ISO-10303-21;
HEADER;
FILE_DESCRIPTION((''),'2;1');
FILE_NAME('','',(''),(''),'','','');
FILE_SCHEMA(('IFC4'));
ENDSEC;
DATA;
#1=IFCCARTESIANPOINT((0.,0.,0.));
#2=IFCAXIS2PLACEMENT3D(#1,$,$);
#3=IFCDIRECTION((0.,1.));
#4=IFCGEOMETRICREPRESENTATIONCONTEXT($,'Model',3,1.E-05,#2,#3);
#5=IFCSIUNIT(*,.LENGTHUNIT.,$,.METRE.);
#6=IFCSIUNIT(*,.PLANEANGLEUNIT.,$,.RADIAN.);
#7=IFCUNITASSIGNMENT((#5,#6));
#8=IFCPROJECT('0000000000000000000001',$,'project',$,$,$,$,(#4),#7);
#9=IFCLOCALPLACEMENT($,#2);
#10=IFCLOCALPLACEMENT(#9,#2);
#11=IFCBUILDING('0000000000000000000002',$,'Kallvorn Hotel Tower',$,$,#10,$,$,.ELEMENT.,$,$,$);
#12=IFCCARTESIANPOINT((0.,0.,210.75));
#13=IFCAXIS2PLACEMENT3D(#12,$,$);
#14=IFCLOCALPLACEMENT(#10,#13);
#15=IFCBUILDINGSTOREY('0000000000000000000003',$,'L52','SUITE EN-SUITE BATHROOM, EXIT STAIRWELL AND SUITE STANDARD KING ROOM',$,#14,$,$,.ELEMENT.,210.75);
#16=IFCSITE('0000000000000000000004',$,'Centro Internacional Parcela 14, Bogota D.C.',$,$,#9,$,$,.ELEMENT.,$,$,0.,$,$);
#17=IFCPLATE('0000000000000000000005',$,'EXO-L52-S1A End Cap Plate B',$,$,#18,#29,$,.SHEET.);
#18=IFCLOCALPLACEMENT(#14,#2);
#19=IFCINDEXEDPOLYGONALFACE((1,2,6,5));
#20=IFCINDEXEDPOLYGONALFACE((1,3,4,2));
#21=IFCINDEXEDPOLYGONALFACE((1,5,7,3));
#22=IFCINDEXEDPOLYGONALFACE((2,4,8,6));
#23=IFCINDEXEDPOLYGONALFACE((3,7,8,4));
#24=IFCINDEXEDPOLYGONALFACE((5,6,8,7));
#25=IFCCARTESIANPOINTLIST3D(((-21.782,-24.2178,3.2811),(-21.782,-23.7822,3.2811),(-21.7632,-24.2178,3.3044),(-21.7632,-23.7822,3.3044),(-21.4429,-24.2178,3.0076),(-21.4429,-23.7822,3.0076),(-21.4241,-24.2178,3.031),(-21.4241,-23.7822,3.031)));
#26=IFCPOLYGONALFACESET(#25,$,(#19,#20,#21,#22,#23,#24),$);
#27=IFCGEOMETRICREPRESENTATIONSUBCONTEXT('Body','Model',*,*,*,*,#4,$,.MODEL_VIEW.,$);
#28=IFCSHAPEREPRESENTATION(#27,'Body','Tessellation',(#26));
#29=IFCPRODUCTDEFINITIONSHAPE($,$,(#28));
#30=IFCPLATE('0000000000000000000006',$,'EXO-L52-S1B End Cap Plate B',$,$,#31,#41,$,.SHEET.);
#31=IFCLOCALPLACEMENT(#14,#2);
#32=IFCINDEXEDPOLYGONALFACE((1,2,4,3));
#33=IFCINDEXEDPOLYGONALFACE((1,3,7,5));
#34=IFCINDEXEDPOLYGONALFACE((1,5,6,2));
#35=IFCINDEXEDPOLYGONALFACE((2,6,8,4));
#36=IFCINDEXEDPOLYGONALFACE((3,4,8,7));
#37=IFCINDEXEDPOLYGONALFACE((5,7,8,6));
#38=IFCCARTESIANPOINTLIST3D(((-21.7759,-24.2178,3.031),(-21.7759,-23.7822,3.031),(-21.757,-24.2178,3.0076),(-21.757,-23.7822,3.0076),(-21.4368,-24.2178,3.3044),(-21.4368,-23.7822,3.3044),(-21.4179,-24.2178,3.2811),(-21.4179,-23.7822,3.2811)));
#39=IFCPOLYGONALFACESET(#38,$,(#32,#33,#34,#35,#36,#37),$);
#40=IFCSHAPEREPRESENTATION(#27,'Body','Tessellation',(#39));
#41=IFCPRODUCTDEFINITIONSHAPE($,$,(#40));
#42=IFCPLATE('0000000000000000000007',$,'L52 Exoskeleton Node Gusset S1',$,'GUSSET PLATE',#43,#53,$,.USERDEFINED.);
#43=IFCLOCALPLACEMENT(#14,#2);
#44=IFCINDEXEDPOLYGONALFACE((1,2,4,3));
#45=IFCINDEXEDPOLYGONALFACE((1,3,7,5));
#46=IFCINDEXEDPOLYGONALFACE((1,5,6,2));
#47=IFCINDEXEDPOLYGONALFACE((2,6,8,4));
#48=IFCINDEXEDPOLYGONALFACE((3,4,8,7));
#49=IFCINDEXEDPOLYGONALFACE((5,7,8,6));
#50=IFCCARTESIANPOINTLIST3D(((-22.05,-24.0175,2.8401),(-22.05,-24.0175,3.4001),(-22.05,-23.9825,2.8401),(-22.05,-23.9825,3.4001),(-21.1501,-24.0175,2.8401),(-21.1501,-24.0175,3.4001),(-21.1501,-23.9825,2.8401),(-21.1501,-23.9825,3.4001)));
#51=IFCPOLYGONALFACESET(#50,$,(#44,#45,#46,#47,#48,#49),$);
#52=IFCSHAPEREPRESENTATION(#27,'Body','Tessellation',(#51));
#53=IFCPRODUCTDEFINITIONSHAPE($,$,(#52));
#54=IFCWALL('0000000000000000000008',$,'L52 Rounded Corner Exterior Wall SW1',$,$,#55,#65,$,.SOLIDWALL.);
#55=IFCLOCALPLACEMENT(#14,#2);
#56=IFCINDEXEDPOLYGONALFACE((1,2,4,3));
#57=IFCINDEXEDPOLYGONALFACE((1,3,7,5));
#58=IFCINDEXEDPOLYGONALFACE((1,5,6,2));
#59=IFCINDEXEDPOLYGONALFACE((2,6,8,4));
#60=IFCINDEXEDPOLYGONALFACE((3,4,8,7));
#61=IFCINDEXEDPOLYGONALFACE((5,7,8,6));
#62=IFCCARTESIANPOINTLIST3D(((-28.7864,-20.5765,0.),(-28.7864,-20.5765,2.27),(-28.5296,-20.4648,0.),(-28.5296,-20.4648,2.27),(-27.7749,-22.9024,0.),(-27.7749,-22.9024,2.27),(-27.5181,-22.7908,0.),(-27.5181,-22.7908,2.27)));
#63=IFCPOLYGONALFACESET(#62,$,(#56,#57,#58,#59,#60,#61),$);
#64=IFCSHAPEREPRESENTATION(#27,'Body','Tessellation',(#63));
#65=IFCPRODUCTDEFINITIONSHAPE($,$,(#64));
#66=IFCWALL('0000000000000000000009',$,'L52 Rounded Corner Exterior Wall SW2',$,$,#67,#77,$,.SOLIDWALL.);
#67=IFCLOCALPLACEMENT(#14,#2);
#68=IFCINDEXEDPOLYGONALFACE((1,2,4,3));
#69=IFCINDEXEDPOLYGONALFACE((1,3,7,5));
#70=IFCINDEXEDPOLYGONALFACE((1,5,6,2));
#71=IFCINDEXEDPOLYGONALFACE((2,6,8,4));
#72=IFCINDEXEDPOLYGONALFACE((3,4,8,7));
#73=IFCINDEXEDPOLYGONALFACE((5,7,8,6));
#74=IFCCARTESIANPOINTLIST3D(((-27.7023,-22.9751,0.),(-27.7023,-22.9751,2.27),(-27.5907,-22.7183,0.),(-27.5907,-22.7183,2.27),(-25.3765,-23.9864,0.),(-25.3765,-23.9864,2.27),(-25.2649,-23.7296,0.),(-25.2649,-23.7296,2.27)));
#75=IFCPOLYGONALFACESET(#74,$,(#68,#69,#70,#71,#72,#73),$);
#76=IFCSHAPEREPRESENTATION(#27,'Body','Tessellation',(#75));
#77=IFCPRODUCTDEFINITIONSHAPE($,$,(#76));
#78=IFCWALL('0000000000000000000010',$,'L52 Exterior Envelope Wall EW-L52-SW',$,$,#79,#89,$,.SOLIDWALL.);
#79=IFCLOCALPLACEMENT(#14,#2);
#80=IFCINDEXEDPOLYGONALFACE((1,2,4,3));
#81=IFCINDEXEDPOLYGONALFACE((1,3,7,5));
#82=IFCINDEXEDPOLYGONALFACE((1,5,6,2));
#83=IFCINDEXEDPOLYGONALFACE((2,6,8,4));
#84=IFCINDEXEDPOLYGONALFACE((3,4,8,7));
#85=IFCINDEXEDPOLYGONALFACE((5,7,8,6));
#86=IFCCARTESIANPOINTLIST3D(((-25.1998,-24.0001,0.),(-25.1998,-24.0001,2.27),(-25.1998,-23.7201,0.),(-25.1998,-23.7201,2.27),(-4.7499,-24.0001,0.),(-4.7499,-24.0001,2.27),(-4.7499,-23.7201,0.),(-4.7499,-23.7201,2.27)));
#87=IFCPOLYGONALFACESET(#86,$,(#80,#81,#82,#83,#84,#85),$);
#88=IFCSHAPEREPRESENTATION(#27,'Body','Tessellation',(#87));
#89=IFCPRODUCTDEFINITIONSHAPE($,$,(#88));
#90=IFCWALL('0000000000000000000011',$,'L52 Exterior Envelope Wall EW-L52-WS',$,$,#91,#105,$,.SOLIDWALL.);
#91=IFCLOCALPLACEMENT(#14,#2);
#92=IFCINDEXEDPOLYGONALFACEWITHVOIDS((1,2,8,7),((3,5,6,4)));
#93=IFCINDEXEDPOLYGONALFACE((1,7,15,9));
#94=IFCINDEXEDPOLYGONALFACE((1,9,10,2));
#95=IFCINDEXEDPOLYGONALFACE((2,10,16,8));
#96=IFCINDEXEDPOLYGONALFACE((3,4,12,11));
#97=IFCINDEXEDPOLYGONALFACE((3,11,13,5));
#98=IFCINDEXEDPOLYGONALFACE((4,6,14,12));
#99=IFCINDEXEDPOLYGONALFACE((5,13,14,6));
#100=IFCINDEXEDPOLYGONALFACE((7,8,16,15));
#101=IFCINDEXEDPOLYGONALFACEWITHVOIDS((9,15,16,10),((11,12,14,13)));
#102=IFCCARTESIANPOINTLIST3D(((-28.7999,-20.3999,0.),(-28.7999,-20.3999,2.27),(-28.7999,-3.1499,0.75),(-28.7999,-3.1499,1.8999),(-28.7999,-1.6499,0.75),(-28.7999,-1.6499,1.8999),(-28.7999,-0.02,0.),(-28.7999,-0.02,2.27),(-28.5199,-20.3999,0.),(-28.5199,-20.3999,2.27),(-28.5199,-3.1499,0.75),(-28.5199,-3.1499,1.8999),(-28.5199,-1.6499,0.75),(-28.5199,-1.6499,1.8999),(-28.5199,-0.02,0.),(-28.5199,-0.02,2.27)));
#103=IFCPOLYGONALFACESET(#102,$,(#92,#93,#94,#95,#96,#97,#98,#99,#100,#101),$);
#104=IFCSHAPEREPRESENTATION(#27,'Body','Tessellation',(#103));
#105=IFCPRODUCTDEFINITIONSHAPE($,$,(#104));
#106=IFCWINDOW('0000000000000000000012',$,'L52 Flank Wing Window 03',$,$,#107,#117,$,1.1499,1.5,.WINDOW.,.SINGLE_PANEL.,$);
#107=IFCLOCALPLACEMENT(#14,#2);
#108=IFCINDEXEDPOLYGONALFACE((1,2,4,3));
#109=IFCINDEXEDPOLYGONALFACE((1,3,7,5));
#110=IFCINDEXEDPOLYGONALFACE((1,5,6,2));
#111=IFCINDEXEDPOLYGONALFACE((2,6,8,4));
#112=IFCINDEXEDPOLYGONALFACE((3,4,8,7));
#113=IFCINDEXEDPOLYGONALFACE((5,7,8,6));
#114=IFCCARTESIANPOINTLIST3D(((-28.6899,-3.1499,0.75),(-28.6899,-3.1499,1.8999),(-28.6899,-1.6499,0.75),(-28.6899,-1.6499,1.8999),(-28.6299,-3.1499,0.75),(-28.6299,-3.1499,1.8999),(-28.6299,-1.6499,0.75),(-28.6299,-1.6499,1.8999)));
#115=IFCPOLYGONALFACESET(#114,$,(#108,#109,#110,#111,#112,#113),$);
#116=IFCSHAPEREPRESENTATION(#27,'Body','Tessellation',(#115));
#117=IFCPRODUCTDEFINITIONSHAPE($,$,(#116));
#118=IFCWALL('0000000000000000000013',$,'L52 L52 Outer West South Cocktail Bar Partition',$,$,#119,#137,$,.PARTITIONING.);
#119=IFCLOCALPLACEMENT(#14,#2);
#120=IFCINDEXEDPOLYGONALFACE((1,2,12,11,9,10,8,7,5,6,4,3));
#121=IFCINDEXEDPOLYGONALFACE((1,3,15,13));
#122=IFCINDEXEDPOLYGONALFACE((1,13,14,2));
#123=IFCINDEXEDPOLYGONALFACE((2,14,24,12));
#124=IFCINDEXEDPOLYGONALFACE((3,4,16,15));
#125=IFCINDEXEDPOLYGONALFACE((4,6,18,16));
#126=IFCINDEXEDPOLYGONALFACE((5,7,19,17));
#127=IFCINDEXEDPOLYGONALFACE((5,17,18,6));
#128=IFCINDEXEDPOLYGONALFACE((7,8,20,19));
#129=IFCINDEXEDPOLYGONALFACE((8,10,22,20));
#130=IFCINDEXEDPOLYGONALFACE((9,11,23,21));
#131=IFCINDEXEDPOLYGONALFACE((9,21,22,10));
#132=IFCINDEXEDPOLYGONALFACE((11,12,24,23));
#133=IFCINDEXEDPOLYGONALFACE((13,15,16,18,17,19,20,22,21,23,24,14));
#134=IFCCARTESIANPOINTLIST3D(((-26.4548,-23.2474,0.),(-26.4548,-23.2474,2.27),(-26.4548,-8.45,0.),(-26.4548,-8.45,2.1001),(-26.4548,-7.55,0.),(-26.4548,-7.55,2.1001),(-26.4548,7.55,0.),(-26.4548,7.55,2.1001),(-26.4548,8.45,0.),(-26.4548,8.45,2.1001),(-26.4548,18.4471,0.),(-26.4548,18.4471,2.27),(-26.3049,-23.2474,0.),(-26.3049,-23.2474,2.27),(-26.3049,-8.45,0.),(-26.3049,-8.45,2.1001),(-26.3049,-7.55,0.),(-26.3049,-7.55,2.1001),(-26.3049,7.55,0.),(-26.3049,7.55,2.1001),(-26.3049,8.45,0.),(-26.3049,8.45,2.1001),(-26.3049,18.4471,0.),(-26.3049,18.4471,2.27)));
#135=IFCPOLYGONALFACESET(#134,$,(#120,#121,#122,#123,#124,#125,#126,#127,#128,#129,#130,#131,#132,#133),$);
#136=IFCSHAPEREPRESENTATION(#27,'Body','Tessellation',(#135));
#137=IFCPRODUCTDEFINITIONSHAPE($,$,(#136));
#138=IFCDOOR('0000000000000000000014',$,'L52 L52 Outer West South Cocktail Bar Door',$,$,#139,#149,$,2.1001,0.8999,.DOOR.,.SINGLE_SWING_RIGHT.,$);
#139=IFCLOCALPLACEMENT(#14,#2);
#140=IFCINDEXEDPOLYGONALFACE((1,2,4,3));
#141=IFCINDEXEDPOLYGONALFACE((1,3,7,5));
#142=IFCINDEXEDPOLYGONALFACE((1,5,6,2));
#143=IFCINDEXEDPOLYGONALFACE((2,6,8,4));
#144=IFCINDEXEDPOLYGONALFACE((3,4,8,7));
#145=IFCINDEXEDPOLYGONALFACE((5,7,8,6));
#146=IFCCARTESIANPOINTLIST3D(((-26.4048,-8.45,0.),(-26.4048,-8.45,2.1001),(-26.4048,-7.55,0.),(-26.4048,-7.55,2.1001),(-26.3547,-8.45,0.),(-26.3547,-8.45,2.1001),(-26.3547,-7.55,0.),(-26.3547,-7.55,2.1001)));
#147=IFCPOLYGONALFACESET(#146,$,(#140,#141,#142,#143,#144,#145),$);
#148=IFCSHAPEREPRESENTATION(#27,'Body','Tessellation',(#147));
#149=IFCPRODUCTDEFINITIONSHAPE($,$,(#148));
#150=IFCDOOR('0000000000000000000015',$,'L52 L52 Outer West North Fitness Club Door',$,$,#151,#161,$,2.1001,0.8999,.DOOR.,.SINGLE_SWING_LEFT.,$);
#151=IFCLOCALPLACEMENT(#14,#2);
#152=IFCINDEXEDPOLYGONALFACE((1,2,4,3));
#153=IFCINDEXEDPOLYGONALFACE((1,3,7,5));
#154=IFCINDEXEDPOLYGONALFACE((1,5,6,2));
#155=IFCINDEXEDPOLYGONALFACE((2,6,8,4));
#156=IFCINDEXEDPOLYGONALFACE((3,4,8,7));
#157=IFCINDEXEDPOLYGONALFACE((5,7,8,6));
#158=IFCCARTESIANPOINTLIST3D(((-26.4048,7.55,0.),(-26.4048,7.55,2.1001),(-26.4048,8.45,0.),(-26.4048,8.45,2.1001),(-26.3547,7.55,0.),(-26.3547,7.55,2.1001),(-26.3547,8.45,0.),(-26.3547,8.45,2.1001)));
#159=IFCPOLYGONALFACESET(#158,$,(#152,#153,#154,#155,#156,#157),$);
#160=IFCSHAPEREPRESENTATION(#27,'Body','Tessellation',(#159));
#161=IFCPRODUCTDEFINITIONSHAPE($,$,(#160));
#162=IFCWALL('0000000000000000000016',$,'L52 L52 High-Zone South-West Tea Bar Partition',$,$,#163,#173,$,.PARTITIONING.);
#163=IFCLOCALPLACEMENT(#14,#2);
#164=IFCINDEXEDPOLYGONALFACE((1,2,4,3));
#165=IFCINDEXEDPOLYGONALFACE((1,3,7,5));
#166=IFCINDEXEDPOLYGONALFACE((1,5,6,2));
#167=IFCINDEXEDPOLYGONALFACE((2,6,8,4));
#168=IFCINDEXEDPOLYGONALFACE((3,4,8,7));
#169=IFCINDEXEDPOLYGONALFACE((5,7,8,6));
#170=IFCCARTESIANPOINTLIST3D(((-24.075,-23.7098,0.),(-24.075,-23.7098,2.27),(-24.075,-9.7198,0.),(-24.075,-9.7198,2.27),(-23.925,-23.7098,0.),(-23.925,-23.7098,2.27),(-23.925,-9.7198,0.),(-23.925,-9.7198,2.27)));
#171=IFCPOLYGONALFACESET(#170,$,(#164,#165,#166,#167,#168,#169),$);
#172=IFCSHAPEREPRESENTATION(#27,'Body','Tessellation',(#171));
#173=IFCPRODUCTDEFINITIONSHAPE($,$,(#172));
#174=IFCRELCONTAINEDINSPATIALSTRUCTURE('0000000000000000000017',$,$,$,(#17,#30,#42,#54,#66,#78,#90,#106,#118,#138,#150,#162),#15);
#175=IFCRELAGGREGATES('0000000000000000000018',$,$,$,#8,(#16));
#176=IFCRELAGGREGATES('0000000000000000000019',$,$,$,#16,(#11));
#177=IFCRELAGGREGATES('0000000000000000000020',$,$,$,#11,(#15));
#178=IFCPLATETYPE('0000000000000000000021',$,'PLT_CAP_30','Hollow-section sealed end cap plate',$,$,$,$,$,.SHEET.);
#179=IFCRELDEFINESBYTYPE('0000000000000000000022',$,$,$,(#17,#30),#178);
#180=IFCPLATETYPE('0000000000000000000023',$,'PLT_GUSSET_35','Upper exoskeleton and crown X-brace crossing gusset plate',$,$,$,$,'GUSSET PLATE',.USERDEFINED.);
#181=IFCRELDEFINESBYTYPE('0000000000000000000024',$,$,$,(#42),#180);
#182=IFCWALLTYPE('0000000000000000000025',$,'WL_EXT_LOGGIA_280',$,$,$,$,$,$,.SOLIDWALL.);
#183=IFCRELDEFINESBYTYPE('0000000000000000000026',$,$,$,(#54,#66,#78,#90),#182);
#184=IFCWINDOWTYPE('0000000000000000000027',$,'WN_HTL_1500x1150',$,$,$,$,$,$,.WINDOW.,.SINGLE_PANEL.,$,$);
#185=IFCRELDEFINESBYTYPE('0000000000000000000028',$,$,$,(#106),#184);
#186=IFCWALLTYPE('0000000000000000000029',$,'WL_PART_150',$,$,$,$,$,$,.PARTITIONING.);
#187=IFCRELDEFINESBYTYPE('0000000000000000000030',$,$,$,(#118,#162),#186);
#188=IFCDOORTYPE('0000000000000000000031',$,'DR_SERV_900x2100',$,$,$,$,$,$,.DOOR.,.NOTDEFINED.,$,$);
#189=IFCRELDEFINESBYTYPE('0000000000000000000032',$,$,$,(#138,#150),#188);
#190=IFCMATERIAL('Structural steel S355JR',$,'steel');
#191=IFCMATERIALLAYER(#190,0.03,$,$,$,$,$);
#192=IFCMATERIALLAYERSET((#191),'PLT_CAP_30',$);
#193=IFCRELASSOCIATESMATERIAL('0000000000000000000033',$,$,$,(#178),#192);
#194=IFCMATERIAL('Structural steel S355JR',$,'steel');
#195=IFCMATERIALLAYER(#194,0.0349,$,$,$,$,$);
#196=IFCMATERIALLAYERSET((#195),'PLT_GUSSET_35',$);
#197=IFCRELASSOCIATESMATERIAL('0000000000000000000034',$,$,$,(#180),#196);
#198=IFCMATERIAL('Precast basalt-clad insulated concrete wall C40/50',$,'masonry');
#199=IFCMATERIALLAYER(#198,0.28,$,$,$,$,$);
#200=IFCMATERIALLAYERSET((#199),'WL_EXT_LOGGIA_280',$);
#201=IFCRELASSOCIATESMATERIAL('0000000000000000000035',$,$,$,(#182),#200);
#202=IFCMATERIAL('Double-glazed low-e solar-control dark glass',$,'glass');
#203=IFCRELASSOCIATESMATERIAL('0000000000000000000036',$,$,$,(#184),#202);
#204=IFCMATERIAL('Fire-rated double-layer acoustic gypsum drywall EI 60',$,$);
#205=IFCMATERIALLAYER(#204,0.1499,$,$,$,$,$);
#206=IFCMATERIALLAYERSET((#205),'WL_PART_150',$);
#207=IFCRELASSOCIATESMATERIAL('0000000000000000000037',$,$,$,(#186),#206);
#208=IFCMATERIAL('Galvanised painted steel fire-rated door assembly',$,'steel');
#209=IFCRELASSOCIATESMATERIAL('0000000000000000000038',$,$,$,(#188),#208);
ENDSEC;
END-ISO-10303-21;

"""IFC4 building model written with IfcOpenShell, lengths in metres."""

from ifc_helpers import new_model, si_unit, direction, frame, frame_2d, origin, origin_2d, place, context, subcontext, project, spatial, polyline, rectangle, outline, extrude, material, layer, layer_set, type_object, element, fill, save


model = new_model("IFC4")

# Units and contexts
model_context = context("Model", 3, precision=1e-05, world=origin(), true_north=direction((0.0, 1.0)))
body_context = subcontext(model_context, "Body", "Model", "MODEL_VIEW")
ifc_project = project(units=[si_unit("LENGTHUNIT", "METRE"), si_unit("PLANEANGLEUNIT", "RADIAN")], contexts=[model_context])

# Site, building, storey
site_placement = place(None, origin())
site = spatial("IfcSite", under=ifc_project, at=site_placement, Name="Centro Internacional Parcela 14, Bogota D.C.", CompositionType="ELEMENT", RefElevation=0.0)
building_placement = place(site_placement, origin())
building = spatial("IfcBuilding", under=site, at=building_placement, Name="Kallvorn Hotel Tower", CompositionType="ELEMENT")
storey_placement = place(building_placement, frame((0.0, 0.0, 210.75)))
storey = spatial("IfcBuildingStorey", under=building, at=storey_placement, Name="L52", Description="SUITE EN-SUITE BATHROOM, EXIT STAIRWELL AND SUITE STANDARD KING ROOM", CompositionType="ELEMENT", Elevation=210.75)

# Plates
ifc_material_1 = material(Name="Structural steel S355JR", Category="steel")
ifc_layer_1 = layer(ifc_material_1, 0.03)
ifc_layer_set_1 = layer_set([ifc_layer_1], Name="PLT_CAP_30")
plate_type_1 = type_object("IfcPlateType", Name="PLT_CAP_30", Description="Hollow-section sealed end cap plate", PredefinedType="SHEET", material=ifc_layer_set_1)
for number, where, z_axis, x_axis, name in (
    (1, (-21.4241, -24.2178, 3.031), (0.627698, 0.0, 0.778457), (0.0, 1.0, 0.0), "EXO-L52-S1A End Cap Plate B"),
    (2, (-21.7759, -23.7822, 3.031), (-0.627698, 0.0, 0.778457), (0.0, -1.0, 0.0), "EXO-L52-S1B End Cap Plate B"),
):
    element("IfcPlate", number, at=place(storey_placement, frame(where, z_axis=z_axis, x_axis=x_axis)), inside=storey, type_object=plate_type_1, Name=name, PredefinedType="SHEET", context=body_context, shape_type="SweptSolid", body=[
        extrude(outline(polyline([(0.0, 0.0), (0.4355, 0.0), (0.4355, 0.4356), (0.0, 0.4356), (0.0, 0.0)])), origin(), (0.0, 0.0, -1.0), 0.03),
    ])
ifc_material_2 = material(Name="Structural steel S355JR", Category="steel")
ifc_layer_2 = layer(ifc_material_2, 0.0349)
ifc_layer_set_2 = layer_set([ifc_layer_2], Name="PLT_GUSSET_35")
plate_type_2 = type_object("IfcPlateType", Name="PLT_GUSSET_35", Description="Upper exoskeleton and crown X-brace crossing gusset plate", ElementType="GUSSET PLATE", PredefinedType="USERDEFINED", material=ifc_layer_set_2)
plate_placement = place(storey_placement, frame((-21.6001, -24.0, 2.8401), z_axis=(0.0, 0.0, 1.0), x_axis=(1.0, 0.0, 0.0)))
element("IfcPlate", 3, at=plate_placement, inside=storey, type_object=plate_type_2, Name="L52 Exoskeleton Node Gusset S1", ObjectType="GUSSET PLATE", PredefinedType="USERDEFINED", context=body_context, shape_type="SweptSolid", body=[
    extrude(rectangle(XDim=0.8999, YDim=0.0349, at=origin_2d()), origin(), (0.0, 0.0, 1.0), 0.5601),
])

# Walls
ifc_material_3 = material(Name="Precast basalt-clad insulated concrete wall C40/50", Category="masonry")
ifc_layer_3 = layer(ifc_material_3, 0.28)
ifc_layer_set_3 = layer_set([ifc_layer_3], Name="WL_EXT_LOGGIA_280")
wall_type_1 = type_object("IfcWallType", Name="WL_EXT_LOGGIA_280", PredefinedType="SOLIDWALL", material=ifc_layer_set_3)
wall_1_placement = place(storey_placement, frame((-28.658, -20.5208, 0.0), z_axis=(0.0, 0.0, 1.0), x_axis=(0.398793, -0.917041, 0.0)))
element("IfcWall", 4, at=wall_1_placement, inside=storey, type_object=wall_type_1, Name="L52 Rounded Corner Exterior Wall SW1", PredefinedType="SOLIDWALL", context=body_context, shape_type="SweptSolid", body=[
    extrude(rectangle(XDim=2.5364, YDim=0.28, at=frame_2d((1.2681, 0.0))), origin(), (0.0, 0.0, 1.0), 2.27),
])
wall_2_placement = place(storey_placement, frame((-27.6465, -22.8467, 0.0), z_axis=(0.0, 0.0, 1.0), x_axis=(0.917061, -0.398747, 0.0)))
element("IfcWall", 5, at=wall_2_placement, inside=storey, type_object=wall_type_1, Name="L52 Rounded Corner Exterior Wall SW2", PredefinedType="SOLIDWALL", context=body_context, shape_type="SweptSolid", body=[
    extrude(rectangle(XDim=2.5361, YDim=0.28, at=frame_2d((1.2681, 0.0))), origin(), (0.0, 0.0, 1.0), 2.27),
])
wall_3_placement = place(storey_placement, frame((-25.2, -23.8601, 0.0), z_axis=(0.0, 0.0, 1.0), x_axis=(1.0, 0.0, 0.0)))
element("IfcWall", 6, at=wall_3_placement, inside=storey, type_object=wall_type_1, Name="L52 Exterior Envelope Wall EW-L52-SW", PredefinedType="SOLIDWALL", context=body_context, shape_type="SweptSolid", body=[
    extrude(rectangle(XDim=20.45, YDim=0.28, at=frame_2d((10.2251, 0.0))), origin(), (0.0, 0.0, 1.0), 2.27),
])

# Wall, opening, window
wall_4_placement = place(storey_placement, frame((-28.6599, -20.3999, 0.0), z_axis=(0.0, 0.0, 1.0), x_axis=(0.0, 1.0, 0.0)))
wall_4 = element("IfcWall", 7, at=wall_4_placement, inside=storey, type_object=wall_type_1, Name="L52 Exterior Envelope Wall EW-L52-WS", PredefinedType="SOLIDWALL", context=body_context, shape_type="SweptSolid", body=[
    extrude(rectangle(XDim=20.3799, YDim=0.28, at=frame_2d((10.1899, 0.0))), origin(), (0.0, 0.0, 1.0), 2.27),
])
opening_1_placement = place(wall_4_placement, frame((17.25, 0.0, 0.75)))
opening_1 = element("IfcOpeningElement", 8, at=opening_1_placement, cuts=wall_4, PredefinedType="OPENING", context=body_context, shape_type="SweptSolid", body=[
    extrude(rectangle(XDim=1.5, YDim=1.1499, at=frame_2d((0.75, 0.575))), frame((0.0, 0.155, 0.0), z_axis=(0.0, -1.0, 0.0), x_axis=(1.0, 0.0, 0.0)), (0.0, 0.0, 1.0), 0.3101),
])
ifc_material_4 = material(Name="Double-glazed low-e solar-control dark glass", Category="glass")
window_type = type_object("IfcWindowType", Name="WN_HTL_1500x1150", PartitioningType="SINGLE_PANEL", PredefinedType="WINDOW", material=ifc_material_4)
window_placement = place(opening_1_placement, origin())
window = element("IfcWindow", 9, at=window_placement, inside=storey, type_object=window_type, Name="L52 Flank Wing Window 03", OverallHeight=1.1499, OverallWidth=1.5, PartitioningType="SINGLE_PANEL", PredefinedType="WINDOW", context=body_context, shape_type="SweptSolid", body=[
    extrude(rectangle(XDim=1.5, YDim=1.1499, at=frame_2d((0.75, 0.575))), frame((0.0, 0.03, 0.0), z_axis=(0.0, -1.0, 0.0), x_axis=(1.0, 0.0, 0.0)), (0.0, 0.0, 1.0), 0.0601),
])
fill(opening_1, window)

# Wall, openings, doors
ifc_material_5 = material(Name="Fire-rated double-layer acoustic gypsum drywall EI 60")
ifc_layer_4 = layer(ifc_material_5, 0.1499)
ifc_layer_set_4 = layer_set([ifc_layer_4], Name="WL_PART_150")
wall_type_2 = type_object("IfcWallType", Name="WL_PART_150", PredefinedType="PARTITIONING", material=ifc_layer_set_4)
wall_5_placement = place(storey_placement, frame((-26.3799, -23.2473, 0.0), z_axis=(0.0, 0.0, 1.0), x_axis=(0.0, 1.0, 0.0)))
wall_5 = element("IfcWall", 10, at=wall_5_placement, inside=storey, type_object=wall_type_2, Name="L52 L52 Outer West South Cocktail Bar Partition", PredefinedType="PARTITIONING", context=body_context, shape_type="SweptSolid", body=[
    extrude(rectangle(XDim=41.6946, YDim=0.1499, at=frame_2d((20.8472, 0.0))), origin(), (0.0, 0.0, 1.0), 2.27),
])
opening_2_placement = place(wall_5_placement, frame((14.7974, 0.0, 0.0)))
opening_2 = element("IfcOpeningElement", 11, at=opening_2_placement, cuts=wall_5, PredefinedType="OPENING", context=body_context, shape_type="SweptSolid", body=[
    extrude(rectangle(XDim=0.8999, YDim=2.1001, at=frame_2d((0.45, 1.05))), frame((0.0, 0.0898, 0.0), z_axis=(0.0, -1.0, 0.0), x_axis=(1.0, 0.0, 0.0)), (0.0, 0.0, 1.0), 0.1799),
])
opening_3_placement = place(wall_5_placement, frame((30.7974, 0.0, 0.0)))
opening_3 = element("IfcOpeningElement", 12, at=opening_3_placement, cuts=wall_5, PredefinedType="OPENING", context=body_context, shape_type="SweptSolid", body=[
    extrude(rectangle(XDim=0.8999, YDim=2.1001, at=frame_2d((0.45, 1.05))), frame((0.0, 0.0898, 0.0), z_axis=(0.0, -1.0, 0.0), x_axis=(1.0, 0.0, 0.0)), (0.0, 0.0, 1.0), 0.1799),
])
ifc_material_6 = material(Name="Galvanised painted steel fire-rated door assembly", Category="steel")
door_type = type_object("IfcDoorType", Name="DR_SERV_900x2100", OperationType="NOTDEFINED", PredefinedType="DOOR", material=ifc_material_6)
door_1_placement = place(opening_2_placement, origin())
door_1 = element("IfcDoor", 13, at=door_1_placement, inside=storey, type_object=door_type, Name="L52 L52 Outer West South Cocktail Bar Door", OperationType="SINGLE_SWING_RIGHT", OverallHeight=2.1001, OverallWidth=0.8999, PredefinedType="DOOR", context=body_context, shape_type="SweptSolid", body=[
    extrude(rectangle(XDim=0.8999, YDim=2.1001, at=frame_2d((0.45, 1.05))), frame((0.0, 0.0249, 0.0), z_axis=(0.0, -1.0, 0.0), x_axis=(1.0, 0.0, 0.0)), (0.0, 0.0, 1.0), 0.05),
])
fill(opening_2, door_1)
door_2_placement = place(opening_3_placement, origin())
door_2 = element("IfcDoor", 14, at=door_2_placement, inside=storey, type_object=door_type, Name="L52 L52 Outer West North Fitness Club Door", OperationType="SINGLE_SWING_LEFT", OverallHeight=2.1001, OverallWidth=0.8999, PredefinedType="DOOR", context=body_context, shape_type="SweptSolid", body=[
    extrude(rectangle(XDim=0.8999, YDim=2.1001, at=frame_2d((0.45, 1.05))), frame((0.0, 0.0249, 0.0), z_axis=(0.0, -1.0, 0.0), x_axis=(1.0, 0.0, 0.0)), (0.0, 0.0, 1.0), 0.05),
])
fill(opening_3, door_2)

# Wall
wall_6_placement = place(storey_placement, frame((-24.0, -23.71, 0.0), z_axis=(0.0, 0.0, 1.0), x_axis=(0.0, 1.0, 0.0)))
element("IfcWall", 15, at=wall_6_placement, inside=storey, type_object=wall_type_2, Name="L52 L52 High-Zone South-West Tea Bar Partition", PredefinedType="PARTITIONING", context=body_context, shape_type="SweptSolid", body=[
    extrude(rectangle(XDim=13.99, YDim=0.1499, at=frame_2d((6.9951, 0.0))), origin(), (0.0, 0.0, 1.0), 2.27),
])

save(model, "model.ifc")
